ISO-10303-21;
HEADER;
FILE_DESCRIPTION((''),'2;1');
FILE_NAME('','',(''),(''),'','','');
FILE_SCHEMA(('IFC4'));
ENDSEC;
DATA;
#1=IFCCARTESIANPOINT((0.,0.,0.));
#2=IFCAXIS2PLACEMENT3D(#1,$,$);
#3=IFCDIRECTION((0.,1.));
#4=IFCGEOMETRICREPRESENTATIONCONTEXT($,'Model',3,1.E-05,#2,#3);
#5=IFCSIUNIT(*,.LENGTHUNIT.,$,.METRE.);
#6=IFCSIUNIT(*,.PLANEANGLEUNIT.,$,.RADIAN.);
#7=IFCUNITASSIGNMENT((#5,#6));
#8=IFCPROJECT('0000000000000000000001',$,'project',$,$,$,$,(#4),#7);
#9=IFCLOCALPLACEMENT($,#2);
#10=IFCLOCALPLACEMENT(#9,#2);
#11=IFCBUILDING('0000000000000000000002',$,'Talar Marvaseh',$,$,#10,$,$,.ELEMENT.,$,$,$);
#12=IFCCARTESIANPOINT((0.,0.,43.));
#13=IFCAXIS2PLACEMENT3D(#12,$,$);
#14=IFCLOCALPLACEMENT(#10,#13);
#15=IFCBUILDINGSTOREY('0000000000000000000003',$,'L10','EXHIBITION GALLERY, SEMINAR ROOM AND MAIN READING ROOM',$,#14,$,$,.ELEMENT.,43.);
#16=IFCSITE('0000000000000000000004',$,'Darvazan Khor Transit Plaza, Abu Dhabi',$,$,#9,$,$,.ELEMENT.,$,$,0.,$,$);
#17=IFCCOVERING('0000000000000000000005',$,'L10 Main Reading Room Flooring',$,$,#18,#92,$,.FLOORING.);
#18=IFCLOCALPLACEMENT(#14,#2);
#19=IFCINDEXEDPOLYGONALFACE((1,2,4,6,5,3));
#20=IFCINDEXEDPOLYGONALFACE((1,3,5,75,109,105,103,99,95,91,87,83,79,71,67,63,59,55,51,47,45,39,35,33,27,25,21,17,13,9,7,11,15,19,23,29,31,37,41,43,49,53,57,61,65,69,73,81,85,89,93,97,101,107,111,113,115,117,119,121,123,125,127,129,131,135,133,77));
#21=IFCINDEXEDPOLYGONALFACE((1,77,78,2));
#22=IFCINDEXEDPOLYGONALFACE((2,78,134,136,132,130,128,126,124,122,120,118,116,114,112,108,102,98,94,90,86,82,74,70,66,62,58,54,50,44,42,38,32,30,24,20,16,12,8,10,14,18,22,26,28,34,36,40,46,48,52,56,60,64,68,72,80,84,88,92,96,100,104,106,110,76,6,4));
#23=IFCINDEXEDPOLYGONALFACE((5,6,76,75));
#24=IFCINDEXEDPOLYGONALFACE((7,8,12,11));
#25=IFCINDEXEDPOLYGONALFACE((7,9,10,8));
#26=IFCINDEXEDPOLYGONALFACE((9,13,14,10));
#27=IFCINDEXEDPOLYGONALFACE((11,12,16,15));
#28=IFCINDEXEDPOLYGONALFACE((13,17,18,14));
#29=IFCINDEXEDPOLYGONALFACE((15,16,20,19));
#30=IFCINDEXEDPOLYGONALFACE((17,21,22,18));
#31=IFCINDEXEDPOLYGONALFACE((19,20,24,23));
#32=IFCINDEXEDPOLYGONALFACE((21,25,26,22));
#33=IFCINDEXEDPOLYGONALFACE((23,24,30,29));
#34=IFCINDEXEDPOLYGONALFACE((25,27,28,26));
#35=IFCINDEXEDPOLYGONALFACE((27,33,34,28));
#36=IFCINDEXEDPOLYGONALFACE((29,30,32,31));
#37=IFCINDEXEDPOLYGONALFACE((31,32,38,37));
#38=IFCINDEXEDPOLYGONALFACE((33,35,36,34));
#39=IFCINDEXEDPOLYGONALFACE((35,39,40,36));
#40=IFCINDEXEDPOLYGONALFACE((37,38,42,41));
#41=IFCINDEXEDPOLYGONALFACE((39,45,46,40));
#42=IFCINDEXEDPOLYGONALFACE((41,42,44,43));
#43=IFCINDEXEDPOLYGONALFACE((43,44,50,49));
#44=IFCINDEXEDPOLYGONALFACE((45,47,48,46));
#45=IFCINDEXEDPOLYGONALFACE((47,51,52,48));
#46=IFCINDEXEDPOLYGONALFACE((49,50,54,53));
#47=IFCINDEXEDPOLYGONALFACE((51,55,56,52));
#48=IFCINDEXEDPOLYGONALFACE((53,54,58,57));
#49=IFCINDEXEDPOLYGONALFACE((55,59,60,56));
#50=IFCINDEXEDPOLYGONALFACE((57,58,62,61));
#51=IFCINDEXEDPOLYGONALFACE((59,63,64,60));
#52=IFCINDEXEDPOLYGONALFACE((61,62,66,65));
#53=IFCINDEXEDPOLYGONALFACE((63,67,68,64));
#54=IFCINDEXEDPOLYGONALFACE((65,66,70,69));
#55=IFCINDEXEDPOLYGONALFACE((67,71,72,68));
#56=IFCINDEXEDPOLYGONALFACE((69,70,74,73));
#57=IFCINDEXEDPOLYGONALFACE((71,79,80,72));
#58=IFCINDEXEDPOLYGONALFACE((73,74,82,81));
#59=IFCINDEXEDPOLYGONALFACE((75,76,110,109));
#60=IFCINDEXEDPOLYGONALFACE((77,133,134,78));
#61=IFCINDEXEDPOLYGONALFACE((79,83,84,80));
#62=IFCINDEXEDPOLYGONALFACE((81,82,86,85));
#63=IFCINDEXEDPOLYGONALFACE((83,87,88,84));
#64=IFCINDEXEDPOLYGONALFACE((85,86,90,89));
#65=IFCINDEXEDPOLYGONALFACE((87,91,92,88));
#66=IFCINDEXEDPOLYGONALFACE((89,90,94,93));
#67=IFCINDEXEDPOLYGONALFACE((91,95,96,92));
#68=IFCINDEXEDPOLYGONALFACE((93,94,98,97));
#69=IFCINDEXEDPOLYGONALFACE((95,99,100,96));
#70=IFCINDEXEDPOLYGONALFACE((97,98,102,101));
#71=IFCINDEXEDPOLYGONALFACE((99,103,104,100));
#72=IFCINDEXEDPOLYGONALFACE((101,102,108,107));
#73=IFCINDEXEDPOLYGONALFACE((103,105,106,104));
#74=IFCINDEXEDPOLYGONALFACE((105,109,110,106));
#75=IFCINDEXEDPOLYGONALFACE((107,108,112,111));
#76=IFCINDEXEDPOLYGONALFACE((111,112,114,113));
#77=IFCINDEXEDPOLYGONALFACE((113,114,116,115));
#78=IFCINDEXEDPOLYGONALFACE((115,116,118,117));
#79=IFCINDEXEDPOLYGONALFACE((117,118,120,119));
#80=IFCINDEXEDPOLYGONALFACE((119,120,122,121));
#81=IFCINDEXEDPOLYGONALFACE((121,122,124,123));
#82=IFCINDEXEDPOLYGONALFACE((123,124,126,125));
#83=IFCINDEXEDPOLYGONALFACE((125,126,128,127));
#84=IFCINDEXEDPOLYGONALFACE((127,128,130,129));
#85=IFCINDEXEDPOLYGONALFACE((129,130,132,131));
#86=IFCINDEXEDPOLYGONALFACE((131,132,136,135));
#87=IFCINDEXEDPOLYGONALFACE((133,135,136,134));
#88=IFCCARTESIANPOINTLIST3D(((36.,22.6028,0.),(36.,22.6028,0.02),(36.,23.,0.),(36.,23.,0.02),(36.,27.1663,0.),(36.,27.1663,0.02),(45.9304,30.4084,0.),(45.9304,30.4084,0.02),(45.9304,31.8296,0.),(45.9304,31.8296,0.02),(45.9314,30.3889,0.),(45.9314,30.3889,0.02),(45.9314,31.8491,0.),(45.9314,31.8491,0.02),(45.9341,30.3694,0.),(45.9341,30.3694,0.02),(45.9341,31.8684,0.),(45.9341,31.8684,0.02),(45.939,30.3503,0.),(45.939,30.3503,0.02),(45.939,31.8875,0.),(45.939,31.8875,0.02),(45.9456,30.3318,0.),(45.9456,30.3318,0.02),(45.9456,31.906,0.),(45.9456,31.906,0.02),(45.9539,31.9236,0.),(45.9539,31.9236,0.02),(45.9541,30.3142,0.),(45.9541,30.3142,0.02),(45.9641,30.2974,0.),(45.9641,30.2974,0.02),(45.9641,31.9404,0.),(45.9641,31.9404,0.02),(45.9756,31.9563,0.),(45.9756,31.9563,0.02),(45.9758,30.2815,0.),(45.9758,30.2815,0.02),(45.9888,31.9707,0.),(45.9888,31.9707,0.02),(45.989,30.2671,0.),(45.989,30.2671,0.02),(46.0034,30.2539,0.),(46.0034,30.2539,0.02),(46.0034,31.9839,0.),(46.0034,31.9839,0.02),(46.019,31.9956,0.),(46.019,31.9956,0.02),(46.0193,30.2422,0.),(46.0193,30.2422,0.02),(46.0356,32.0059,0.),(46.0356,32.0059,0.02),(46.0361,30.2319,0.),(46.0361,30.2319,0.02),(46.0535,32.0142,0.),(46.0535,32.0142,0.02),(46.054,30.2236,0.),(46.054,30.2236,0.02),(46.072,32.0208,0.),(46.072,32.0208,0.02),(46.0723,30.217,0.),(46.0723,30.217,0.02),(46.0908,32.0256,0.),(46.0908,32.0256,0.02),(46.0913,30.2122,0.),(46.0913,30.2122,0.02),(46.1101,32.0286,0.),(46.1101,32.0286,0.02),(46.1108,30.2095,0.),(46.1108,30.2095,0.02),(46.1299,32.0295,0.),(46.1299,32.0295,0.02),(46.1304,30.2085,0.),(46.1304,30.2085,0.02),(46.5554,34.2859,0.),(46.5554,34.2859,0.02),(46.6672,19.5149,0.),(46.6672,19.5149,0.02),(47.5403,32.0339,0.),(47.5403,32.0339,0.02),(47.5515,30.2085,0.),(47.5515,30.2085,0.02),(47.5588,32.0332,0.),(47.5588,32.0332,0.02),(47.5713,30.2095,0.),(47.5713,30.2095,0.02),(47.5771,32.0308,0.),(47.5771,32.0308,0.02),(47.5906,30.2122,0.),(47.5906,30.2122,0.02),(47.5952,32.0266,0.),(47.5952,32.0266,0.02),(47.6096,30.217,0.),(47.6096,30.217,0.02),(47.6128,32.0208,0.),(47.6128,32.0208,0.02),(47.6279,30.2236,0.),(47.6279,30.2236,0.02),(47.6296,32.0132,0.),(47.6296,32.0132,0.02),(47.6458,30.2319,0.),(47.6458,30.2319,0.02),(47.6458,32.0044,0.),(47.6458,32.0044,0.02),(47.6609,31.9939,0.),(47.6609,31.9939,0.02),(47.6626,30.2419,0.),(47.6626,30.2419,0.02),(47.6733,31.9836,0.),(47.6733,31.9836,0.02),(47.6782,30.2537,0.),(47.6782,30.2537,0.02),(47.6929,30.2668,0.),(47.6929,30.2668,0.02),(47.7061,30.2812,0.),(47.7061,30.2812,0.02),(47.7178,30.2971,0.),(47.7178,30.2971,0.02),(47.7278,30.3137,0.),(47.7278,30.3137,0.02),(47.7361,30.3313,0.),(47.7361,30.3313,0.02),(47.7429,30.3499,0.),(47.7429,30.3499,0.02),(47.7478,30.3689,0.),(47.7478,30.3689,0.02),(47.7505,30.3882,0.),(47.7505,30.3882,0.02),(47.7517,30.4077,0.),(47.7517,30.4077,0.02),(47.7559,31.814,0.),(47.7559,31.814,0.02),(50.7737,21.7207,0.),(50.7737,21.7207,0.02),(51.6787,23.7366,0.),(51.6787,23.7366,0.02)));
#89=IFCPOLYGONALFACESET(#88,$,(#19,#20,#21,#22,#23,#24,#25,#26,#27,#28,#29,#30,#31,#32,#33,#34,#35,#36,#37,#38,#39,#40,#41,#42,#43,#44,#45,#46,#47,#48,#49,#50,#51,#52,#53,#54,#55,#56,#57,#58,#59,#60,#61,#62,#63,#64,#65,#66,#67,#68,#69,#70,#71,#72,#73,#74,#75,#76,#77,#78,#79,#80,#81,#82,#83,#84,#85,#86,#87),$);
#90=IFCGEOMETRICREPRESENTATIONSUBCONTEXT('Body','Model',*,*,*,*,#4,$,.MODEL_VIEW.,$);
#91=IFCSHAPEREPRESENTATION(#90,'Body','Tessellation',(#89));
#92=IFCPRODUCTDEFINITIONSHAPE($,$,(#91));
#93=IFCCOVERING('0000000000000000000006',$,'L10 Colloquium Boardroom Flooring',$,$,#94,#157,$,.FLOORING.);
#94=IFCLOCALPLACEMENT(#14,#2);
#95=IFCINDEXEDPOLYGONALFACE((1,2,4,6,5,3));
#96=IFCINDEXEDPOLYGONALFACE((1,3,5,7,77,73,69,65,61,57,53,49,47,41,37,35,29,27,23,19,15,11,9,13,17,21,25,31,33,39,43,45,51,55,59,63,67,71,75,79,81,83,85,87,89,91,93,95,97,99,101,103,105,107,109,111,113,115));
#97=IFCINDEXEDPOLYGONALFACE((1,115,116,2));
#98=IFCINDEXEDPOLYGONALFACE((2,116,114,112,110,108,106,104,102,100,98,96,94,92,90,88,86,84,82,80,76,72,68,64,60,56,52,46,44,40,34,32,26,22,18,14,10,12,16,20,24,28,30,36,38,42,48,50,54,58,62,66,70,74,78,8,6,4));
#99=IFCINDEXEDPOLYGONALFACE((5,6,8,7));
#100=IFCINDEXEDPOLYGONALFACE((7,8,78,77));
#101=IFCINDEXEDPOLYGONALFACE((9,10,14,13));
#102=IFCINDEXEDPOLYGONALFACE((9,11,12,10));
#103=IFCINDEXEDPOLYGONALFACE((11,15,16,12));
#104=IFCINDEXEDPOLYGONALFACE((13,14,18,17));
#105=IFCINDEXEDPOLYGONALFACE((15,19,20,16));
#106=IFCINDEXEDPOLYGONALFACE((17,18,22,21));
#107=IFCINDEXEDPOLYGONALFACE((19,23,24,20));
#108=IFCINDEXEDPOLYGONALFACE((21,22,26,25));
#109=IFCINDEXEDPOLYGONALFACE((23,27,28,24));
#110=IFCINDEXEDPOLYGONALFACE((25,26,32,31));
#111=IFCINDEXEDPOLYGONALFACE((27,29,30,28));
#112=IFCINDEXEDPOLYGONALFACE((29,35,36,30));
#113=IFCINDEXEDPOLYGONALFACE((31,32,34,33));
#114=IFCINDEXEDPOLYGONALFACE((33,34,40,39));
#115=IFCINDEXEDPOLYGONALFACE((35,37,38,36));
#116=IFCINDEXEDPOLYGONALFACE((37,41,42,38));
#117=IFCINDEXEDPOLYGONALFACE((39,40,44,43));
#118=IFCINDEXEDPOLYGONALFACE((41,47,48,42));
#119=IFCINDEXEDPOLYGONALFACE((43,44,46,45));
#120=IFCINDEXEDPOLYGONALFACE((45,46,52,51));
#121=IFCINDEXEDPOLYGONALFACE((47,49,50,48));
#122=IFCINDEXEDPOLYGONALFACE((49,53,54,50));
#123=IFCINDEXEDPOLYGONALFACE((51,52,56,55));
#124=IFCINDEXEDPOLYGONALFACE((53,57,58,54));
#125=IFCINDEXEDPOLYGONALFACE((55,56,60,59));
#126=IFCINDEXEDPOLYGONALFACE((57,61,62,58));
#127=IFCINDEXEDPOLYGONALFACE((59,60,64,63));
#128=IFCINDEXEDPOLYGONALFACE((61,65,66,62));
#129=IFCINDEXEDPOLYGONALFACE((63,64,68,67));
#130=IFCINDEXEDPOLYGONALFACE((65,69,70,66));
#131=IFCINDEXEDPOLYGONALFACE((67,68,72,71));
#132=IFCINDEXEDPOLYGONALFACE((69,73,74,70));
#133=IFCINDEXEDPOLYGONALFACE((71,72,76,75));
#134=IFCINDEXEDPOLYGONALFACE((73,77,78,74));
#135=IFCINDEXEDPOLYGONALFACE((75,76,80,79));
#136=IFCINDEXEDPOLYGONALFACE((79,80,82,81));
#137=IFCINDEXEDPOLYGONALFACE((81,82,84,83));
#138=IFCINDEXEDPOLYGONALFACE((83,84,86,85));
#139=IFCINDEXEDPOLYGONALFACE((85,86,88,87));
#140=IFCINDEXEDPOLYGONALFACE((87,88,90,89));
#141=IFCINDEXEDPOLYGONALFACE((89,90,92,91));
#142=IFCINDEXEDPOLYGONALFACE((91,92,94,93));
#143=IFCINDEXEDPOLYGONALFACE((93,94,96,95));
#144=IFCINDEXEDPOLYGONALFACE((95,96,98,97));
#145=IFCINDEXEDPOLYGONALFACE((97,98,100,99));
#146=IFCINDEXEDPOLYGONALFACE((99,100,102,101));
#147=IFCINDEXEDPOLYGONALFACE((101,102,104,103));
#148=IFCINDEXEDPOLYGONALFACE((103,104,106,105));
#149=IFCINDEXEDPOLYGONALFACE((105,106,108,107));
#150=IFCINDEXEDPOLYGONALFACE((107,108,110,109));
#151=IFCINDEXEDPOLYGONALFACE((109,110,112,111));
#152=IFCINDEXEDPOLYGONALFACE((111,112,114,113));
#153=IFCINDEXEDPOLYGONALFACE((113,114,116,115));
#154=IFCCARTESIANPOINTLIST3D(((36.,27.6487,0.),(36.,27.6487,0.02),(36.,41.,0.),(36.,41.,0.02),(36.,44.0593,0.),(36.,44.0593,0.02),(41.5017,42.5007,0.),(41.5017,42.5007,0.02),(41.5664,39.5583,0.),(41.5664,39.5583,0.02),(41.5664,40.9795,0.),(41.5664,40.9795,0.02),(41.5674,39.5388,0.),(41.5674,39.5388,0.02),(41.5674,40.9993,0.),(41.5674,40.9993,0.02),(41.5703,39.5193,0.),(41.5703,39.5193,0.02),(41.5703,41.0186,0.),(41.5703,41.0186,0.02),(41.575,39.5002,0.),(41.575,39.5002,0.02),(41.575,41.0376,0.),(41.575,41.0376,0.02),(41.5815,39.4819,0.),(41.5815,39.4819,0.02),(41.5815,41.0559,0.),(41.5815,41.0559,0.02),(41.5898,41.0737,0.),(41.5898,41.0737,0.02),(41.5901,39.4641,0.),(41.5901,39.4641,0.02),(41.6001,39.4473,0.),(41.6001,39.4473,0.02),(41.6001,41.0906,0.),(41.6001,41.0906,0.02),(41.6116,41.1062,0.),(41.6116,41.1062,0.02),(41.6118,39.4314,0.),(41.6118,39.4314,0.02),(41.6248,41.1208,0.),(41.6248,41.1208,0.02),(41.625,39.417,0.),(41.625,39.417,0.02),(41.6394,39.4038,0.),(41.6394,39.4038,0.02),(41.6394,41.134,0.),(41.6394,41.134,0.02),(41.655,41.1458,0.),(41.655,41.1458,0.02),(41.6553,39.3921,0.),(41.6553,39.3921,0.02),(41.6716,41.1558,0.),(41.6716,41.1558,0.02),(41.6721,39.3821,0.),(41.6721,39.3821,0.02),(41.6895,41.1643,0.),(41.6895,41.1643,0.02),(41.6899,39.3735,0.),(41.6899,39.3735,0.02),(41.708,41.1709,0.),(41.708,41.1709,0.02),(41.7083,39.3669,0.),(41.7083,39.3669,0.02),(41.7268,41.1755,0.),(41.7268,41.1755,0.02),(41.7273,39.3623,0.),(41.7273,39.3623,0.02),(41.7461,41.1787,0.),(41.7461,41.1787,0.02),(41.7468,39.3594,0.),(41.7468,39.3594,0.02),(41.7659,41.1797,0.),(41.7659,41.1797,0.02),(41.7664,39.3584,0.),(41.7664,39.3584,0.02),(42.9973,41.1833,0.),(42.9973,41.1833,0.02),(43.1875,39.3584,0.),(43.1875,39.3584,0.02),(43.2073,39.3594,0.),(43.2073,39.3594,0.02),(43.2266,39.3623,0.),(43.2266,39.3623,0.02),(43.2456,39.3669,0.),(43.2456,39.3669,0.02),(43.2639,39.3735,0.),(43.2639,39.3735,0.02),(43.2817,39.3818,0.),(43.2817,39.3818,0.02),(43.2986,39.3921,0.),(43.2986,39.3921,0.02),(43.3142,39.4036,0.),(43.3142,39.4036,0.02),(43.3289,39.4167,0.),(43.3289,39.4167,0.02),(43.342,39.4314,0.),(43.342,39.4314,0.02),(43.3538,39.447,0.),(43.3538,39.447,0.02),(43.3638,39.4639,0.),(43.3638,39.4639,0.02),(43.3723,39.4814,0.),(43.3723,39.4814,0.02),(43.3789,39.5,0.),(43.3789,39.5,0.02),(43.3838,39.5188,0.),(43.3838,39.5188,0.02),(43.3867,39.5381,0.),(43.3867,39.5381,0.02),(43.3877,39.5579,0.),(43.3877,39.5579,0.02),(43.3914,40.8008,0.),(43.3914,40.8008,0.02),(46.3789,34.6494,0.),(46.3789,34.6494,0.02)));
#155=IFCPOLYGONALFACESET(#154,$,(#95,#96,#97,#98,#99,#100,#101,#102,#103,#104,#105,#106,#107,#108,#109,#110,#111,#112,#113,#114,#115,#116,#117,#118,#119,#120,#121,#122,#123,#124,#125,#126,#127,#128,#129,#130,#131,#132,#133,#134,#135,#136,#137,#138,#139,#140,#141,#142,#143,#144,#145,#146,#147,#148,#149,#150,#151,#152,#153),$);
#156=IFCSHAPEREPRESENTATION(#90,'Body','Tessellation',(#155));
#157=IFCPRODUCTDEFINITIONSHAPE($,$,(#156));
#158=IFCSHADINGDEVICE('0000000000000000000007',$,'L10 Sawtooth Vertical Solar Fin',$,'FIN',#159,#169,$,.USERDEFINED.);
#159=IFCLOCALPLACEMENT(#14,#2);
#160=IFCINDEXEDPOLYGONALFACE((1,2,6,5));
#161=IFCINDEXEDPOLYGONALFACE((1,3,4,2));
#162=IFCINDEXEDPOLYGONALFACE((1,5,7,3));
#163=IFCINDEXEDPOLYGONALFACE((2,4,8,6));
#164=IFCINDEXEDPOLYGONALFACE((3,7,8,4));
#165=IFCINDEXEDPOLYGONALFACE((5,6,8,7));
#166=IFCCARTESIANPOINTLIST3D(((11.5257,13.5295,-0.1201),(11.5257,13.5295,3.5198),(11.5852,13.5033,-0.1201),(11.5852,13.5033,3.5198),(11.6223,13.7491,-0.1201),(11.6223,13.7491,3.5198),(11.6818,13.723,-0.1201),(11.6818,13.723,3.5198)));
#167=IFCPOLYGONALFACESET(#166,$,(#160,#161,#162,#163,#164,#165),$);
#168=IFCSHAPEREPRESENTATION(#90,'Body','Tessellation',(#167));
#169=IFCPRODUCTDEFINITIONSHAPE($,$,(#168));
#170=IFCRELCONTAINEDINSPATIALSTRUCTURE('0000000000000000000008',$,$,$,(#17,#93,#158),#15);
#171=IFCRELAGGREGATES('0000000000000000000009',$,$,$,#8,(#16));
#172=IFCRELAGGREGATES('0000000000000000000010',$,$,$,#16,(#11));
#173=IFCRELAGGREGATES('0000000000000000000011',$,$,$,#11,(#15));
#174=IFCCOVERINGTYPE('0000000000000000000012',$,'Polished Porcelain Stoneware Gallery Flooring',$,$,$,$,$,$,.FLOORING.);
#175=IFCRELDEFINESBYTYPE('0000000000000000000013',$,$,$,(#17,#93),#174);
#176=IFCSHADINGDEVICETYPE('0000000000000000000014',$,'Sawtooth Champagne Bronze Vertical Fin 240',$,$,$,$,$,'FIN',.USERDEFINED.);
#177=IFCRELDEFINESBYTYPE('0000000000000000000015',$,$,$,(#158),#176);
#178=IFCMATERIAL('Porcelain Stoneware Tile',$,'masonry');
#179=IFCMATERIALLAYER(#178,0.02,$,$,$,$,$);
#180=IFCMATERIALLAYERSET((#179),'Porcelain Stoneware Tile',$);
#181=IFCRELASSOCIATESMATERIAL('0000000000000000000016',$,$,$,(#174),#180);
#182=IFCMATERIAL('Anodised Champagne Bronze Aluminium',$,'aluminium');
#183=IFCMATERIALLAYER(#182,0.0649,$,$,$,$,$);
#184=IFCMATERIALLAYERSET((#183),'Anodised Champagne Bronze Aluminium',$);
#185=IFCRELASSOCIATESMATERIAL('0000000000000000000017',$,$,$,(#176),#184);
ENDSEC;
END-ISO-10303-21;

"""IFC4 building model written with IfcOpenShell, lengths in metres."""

from ifc_helpers import new_model, si_unit, direction, frame, origin, origin_2d, place, context, subcontext, project, spatial, polyline, rectangle, outline, extrude, source, transform, mapped, material, layer, layer_set, type_object, type_shapes, element, save


model = new_model("IFC4")

# Units and contexts
model_context = context("Model", 3, precision=1e-05, world=origin(), true_north=direction((0.0, 1.0)))
body_context = subcontext(model_context, "Body", "Model", "MODEL_VIEW")
ifc_project = project(units=[si_unit("LENGTHUNIT", "METRE"), si_unit("PLANEANGLEUNIT", "RADIAN")], contexts=[model_context])

# Site, building, storey
site_placement = place(None, origin())
site = spatial("IfcSite", under=ifc_project, at=site_placement, Name="Darvazan Khor Transit Plaza, Abu Dhabi", CompositionType="ELEMENT", RefElevation=0.0)
building_placement = place(site_placement, origin())
building = spatial("IfcBuilding", under=site, at=building_placement, Name="Talar Marvaseh", CompositionType="ELEMENT")
storey_placement = place(building_placement, frame((0.0, 0.0, 43.0)))
storey = spatial("IfcBuildingStorey", under=building, at=storey_placement, Name="L10", Description="EXHIBITION GALLERY, SEMINAR ROOM AND MAIN READING ROOM", CompositionType="ELEMENT", Elevation=43.0)

# Coverings
ifc_material_1 = material(Name="Porcelain Stoneware Tile", Category="masonry")
ifc_layer_1 = layer(ifc_material_1, 0.02)
ifc_layer_set_1 = layer_set([ifc_layer_1], Name="Porcelain Stoneware Tile")
covering_type_1 = type_object("IfcCoveringType", Name="Polished Porcelain Stoneware Gallery Flooring", PredefinedType="FLOORING", material=ifc_layer_set_1)
covering_1_placement = place(storey_placement, origin())
element("IfcCovering", 1, at=covering_1_placement, inside=storey, type_object=covering_type_1, Name="L10 Main Reading Room Flooring", PredefinedType="FLOORING", context=body_context, shape_type="SweptSolid", body=[
    extrude(outline(polyline([(47.6458, 32.0044), (47.6296, 32.0132), (47.6128, 32.0208), (47.5952, 32.0266), (47.5771, 32.0308), (47.5588, 32.0332), (47.5403, 32.0339), (46.1299, 32.0295), (46.1101, 32.0286), (46.0908, 32.0256), (46.072, 32.0208), (46.0535, 32.0142), (46.0356, 32.0059), (46.019, 31.9956), (46.0034, 31.9839), (45.9888, 31.9707), (45.9756, 31.9563), (45.9641, 31.9404), (45.9539, 31.9236), (45.9456, 31.906), (45.939, 31.8875), (45.9341, 31.8684), (45.9314, 31.8491), (45.9304, 31.8296), (45.9304, 30.4084), (45.9314, 30.3889), (45.9341, 30.3694), (45.939, 30.3503), (45.9456, 30.3318), (45.9541, 30.3142), (45.9641, 30.2974), (45.9758, 30.2815), (45.989, 30.2671), (46.0034, 30.2539), (46.0193, 30.2422), (46.0361, 30.2319), (46.054, 30.2236), (46.0723, 30.217), (46.0913, 30.2122), (46.1108, 30.2095), (46.1304, 30.2085), (47.5515, 30.2085), (47.5713, 30.2095), (47.5906, 30.2122), (47.6096, 30.217), (47.6279, 30.2236), (47.6458, 30.2319), (47.6626, 30.2419), (47.6782, 30.2537), (47.6929, 30.2668), (47.7061, 30.2812), (47.7178, 30.2971), (47.7278, 30.3137), (47.7361, 30.3313), (47.7429, 30.3499), (47.7478, 30.3689), (47.7505, 30.3882), (47.7517, 30.4077), (47.7559, 31.814), (51.6787, 23.7366), (50.7737, 21.7207), (46.6672, 19.5149), (36.0, 22.6028), (36.0, 23.0), (36.0, 27.1663), (46.5554, 34.2859), (47.6733, 31.9836), (47.6609, 31.9939), (47.6458, 32.0044)])), origin(), (0.0, 0.0, 1.0), 0.02),
])
covering_2_placement = place(storey_placement, origin())
element("IfcCovering", 2, at=covering_2_placement, inside=storey, type_object=covering_type_1, Name="L10 Colloquium Boardroom Flooring", PredefinedType="FLOORING", context=body_context, shape_type="SweptSolid", body=[
    extrude(outline(polyline([(42.9973, 41.1833), (41.7659, 41.1797), (41.7461, 41.1787), (41.7268, 41.1755), (41.708, 41.1709), (41.6895, 41.1643), (41.6716, 41.1558), (41.655, 41.1458), (41.6394, 41.134), (41.6248, 41.1208), (41.6116, 41.1062), (41.6001, 41.0906), (41.5898, 41.0737), (41.5815, 41.0559), (41.575, 41.0376), (41.5703, 41.0186), (41.5674, 40.9993), (41.5664, 40.9795), (41.5664, 39.5583), (41.5674, 39.5388), (41.5703, 39.5193), (41.575, 39.5002), (41.5815, 39.4819), (41.5901, 39.4641), (41.6001, 39.4473), (41.6118, 39.4314), (41.625, 39.417), (41.6394, 39.4038), (41.6553, 39.3921), (41.6721, 39.3821), (41.6899, 39.3735), (41.7083, 39.3669), (41.7273, 39.3623), (41.7468, 39.3594), (41.7664, 39.3584), (43.1875, 39.3584), (43.2073, 39.3594), (43.2266, 39.3623), (43.2456, 39.3669), (43.2639, 39.3735), (43.2817, 39.3818), (43.2986, 39.3921), (43.3142, 39.4036), (43.3289, 39.4167), (43.342, 39.4314), (43.3538, 39.447), (43.3638, 39.4639), (43.3723, 39.4814), (43.3789, 39.5), (43.3838, 39.5188), (43.3867, 39.5381), (43.3877, 39.5579), (43.3914, 40.8008), (46.3789, 34.6494), (36.0, 27.6487), (36.0, 41.0), (36.0, 44.0593), (41.5017, 42.5007), (42.9973, 41.1833)])), origin(), (0.0, 0.0, 1.0), 0.02),
])

# Shading device
ifc_material_2 = material(Name="Anodised Champagne Bronze Aluminium", Category="aluminium")
ifc_layer_2 = layer(ifc_material_2, 0.0649)
ifc_layer_set_2 = layer_set([ifc_layer_2], Name="Anodised Champagne Bronze Aluminium")
shading_device_type = type_object("IfcShadingDeviceType", Name="Sawtooth Champagne Bronze Vertical Fin 240", ElementType="FIN", PredefinedType="USERDEFINED", material=ifc_layer_set_2)
shared_shape_1 = source(origin(), body_context, "Body", "SweptSolid", [
    extrude(rectangle(XDim=0.24, YDim=0.0649, at=origin_2d()), origin(), (0.0, 0.0, 1.0), 3.6399),
])
type_shapes(shading_device_type, [shared_shape_1])
for number, where, z_axis, x_axis, name in (
    (3, (11.6038, 13.6262, -0.1201), (0.0, 0.0, 1.0), (-0.402587, -0.915382, 0.0), "L10 Sawtooth Vertical Solar Fin"),
):
    element("IfcShadingDevice", number, at=place(storey_placement, frame(where, z_axis=z_axis, x_axis=x_axis)), inside=storey, type_object=shading_device_type, Name=name, ObjectType="FIN", PredefinedType="USERDEFINED", context=body_context, shape_type="MappedRepresentation", body=[
        mapped(shared_shape_1, transform((0.0, 0.0, 0.0), x_axis=(1.0, 0.0, 0.0), y_axis=(0.0, 1.0, 0.0), z_axis=(0.0, 0.0, 1.0), scale=1.0)),
    ])

save(model, "model.ifc")
